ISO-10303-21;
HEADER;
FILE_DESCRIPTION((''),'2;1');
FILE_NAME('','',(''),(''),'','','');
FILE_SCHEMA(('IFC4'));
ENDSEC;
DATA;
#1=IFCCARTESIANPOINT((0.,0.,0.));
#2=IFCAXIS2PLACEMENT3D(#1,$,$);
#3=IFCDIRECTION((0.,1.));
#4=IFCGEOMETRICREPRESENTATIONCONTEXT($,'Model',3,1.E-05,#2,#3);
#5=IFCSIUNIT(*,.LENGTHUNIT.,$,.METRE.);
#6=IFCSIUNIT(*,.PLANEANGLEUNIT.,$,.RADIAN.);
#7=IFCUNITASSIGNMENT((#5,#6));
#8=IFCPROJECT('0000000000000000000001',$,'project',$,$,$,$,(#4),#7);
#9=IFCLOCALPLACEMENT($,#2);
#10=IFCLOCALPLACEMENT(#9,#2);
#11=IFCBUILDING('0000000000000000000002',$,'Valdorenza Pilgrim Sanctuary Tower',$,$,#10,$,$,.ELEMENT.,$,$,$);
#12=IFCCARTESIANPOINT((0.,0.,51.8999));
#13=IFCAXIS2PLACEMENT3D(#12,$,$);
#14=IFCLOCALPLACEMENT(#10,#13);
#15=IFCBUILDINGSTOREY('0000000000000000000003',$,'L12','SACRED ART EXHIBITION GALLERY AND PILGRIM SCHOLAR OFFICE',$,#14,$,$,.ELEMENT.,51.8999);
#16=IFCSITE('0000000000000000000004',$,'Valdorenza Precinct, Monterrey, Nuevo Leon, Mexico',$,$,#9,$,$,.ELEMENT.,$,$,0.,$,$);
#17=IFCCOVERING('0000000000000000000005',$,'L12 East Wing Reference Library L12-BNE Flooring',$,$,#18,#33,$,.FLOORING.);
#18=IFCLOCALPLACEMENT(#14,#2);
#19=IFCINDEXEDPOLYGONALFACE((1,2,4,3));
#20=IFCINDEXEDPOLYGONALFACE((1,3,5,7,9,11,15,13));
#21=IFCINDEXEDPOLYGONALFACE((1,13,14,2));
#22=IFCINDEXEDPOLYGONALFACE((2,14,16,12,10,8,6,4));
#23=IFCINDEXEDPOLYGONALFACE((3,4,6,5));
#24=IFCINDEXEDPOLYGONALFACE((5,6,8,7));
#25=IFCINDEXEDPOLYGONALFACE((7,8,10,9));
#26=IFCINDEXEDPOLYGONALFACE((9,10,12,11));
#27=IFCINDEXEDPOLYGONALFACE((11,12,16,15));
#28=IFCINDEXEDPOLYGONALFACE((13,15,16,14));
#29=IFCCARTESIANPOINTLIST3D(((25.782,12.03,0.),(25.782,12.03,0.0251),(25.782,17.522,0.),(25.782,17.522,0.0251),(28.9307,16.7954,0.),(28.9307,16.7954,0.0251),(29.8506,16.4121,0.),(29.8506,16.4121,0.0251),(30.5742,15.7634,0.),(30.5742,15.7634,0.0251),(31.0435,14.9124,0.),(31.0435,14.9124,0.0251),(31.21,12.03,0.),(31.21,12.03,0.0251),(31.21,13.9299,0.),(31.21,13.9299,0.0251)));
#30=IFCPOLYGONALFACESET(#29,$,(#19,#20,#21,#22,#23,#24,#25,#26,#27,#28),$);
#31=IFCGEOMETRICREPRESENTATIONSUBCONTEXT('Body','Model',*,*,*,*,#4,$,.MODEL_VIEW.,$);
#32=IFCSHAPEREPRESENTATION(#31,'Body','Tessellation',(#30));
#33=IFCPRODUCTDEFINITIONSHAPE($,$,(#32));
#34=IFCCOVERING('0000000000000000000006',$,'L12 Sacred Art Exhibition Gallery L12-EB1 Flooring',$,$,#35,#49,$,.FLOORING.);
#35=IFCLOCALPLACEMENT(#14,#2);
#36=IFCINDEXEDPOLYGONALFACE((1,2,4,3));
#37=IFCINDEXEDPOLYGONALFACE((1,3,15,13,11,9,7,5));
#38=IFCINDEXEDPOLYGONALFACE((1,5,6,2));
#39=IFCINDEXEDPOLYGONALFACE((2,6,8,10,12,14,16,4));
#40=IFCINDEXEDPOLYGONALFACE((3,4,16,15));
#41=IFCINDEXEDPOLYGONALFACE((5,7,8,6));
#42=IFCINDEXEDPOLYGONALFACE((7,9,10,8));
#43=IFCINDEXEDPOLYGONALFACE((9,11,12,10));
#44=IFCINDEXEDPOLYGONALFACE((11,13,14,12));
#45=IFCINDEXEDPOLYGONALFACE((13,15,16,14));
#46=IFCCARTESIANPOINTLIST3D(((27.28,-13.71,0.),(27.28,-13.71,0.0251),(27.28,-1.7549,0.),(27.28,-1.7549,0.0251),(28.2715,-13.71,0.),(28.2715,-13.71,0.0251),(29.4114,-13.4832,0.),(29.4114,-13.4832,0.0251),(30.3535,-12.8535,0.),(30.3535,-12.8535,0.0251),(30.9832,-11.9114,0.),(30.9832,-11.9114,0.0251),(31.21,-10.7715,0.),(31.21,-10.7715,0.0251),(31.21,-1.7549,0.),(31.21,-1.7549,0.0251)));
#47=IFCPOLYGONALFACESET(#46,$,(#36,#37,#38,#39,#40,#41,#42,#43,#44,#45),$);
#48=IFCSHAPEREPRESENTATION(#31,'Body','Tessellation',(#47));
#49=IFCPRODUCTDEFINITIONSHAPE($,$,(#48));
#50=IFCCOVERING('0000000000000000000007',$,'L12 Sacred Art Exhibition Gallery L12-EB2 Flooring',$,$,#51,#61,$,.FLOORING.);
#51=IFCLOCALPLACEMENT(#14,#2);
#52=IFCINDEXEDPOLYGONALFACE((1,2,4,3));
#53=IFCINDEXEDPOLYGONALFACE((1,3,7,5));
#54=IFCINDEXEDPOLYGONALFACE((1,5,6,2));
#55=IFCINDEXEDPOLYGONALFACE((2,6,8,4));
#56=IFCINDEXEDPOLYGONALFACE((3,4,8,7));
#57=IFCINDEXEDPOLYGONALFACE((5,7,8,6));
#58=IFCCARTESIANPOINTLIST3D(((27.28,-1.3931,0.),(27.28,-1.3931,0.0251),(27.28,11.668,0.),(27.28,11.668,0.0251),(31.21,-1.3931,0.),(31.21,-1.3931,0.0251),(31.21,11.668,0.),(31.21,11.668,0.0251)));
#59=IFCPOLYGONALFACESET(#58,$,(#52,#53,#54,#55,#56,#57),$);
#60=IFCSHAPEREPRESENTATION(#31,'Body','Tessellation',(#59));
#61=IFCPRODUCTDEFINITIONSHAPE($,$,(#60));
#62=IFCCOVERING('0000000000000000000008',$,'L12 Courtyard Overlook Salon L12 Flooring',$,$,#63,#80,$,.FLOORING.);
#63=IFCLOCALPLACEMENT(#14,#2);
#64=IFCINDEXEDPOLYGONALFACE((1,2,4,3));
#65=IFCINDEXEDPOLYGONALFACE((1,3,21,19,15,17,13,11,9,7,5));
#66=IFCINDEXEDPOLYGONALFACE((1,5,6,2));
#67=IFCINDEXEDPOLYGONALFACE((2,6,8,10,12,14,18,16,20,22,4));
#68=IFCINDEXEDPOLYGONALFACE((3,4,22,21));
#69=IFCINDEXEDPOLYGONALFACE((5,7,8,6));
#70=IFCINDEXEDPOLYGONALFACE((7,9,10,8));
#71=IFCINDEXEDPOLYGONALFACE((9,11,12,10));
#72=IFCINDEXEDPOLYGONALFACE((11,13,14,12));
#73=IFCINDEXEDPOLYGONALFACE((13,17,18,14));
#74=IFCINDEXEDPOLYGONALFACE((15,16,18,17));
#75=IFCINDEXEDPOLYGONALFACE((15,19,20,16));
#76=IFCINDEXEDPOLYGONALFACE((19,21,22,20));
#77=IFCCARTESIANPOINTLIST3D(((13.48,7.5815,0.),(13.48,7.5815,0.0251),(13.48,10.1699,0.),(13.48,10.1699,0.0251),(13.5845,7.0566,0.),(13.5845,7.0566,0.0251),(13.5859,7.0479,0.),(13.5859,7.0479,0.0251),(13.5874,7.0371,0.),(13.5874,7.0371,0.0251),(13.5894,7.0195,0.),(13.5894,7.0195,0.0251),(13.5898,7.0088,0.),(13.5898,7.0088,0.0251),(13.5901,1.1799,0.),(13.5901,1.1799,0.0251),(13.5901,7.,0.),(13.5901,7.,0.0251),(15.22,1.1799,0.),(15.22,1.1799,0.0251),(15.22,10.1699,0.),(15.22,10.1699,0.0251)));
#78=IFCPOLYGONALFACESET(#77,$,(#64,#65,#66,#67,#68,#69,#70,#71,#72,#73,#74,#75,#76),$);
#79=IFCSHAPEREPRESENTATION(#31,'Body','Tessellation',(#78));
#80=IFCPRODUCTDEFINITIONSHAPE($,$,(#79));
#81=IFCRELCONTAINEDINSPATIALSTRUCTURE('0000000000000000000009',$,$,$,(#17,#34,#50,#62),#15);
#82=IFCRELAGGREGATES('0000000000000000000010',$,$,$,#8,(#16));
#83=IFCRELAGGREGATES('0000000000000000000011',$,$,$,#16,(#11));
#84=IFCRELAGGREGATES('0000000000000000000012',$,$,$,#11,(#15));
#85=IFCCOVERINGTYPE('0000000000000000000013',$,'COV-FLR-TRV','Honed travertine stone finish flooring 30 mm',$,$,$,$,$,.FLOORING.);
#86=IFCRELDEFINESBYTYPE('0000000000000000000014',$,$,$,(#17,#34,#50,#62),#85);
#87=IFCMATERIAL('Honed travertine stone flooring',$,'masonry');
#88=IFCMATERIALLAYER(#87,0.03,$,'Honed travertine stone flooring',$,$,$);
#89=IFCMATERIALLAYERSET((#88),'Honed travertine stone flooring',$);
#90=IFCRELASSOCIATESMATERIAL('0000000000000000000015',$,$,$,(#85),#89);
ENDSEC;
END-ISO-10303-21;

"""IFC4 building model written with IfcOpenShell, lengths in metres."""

from ifc_helpers import new_model, si_unit, direction, frame, origin, place, context, subcontext, project, spatial, polyline, outline, extrude, material, layer, layer_set, type_object, element, save


model = new_model("IFC4")

# Units and contexts
model_context = context("Model", 3, precision=1e-05, world=origin(), true_north=direction((0.0, 1.0)))
body_context = subcontext(model_context, "Body", "Model", "MODEL_VIEW")
ifc_project = project(units=[si_unit("LENGTHUNIT", "METRE"), si_unit("PLANEANGLEUNIT", "RADIAN")], contexts=[model_context])

# Site, building, storey
site_placement = place(None, origin())
site = spatial("IfcSite", under=ifc_project, at=site_placement, Name="Valdorenza Precinct, Monterrey, Nuevo Leon, Mexico", CompositionType="ELEMENT", RefElevation=0.0)
building_placement = place(site_placement, origin())
building = spatial("IfcBuilding", under=site, at=building_placement, Name="Valdorenza Pilgrim Sanctuary Tower", CompositionType="ELEMENT")
storey_placement = place(building_placement, frame((0.0, 0.0, 51.8999)))
storey = spatial("IfcBuildingStorey", under=building, at=storey_placement, Name="L12", Description="SACRED ART EXHIBITION GALLERY AND PILGRIM SCHOLAR OFFICE", CompositionType="ELEMENT", Elevation=51.8999)

# Coverings
ifc_material_1 = material(Name="Honed travertine stone flooring", Category="masonry")
ifc_layer_1 = layer(ifc_material_1, 0.03, Name="Honed travertine stone flooring")
ifc_layer_set_1 = layer_set([ifc_layer_1], Name="Honed travertine stone flooring")
covering_type_1 = type_object("IfcCoveringType", Name="COV-FLR-TRV", Description="Honed travertine stone finish flooring 30 mm", PredefinedType="FLOORING", material=ifc_layer_set_1)
covering_1_placement = place(storey_placement, origin())
element("IfcCovering", 1, at=covering_1_placement, inside=storey, type_object=covering_type_1, Name="L12 East Wing Reference Library L12-BNE Flooring", PredefinedType="FLOORING", context=body_context, shape_type="SweptSolid", body=[
    extrude(outline(polyline([(28.9307, 16.7954), (29.8506, 16.4121), (30.5742, 15.7634), (31.0435, 14.9124), (31.21, 13.9299), (31.21, 12.03), (25.782, 12.03), (25.782, 17.522), (28.9307, 16.7954)])), origin(), (0.0, 0.0, 1.0), 0.0251),
])
covering_2_placement = place(storey_placement, origin())
element("IfcCovering", 2, at=covering_2_placement, inside=storey, type_object=covering_type_1, Name="L12 Sacred Art Exhibition Gallery L12-EB1 Flooring", PredefinedType="FLOORING", context=body_context, shape_type="SweptSolid", body=[
    extrude(outline(polyline([(31.21, -1.7549), (31.21, -10.7715), (30.9832, -11.9114), (30.3535, -12.8535), (29.4114, -13.4832), (28.2715, -13.71), (27.28, -13.71), (27.28, -1.7549), (31.21, -1.7549)])), origin(), (0.0, 0.0, 1.0), 0.0251),
])
covering_3_placement = place(storey_placement, origin())
element("IfcCovering", 3, at=covering_3_placement, inside=storey, type_object=covering_type_1, Name="L12 Sacred Art Exhibition Gallery L12-EB2 Flooring", PredefinedType="FLOORING", context=body_context, shape_type="SweptSolid", body=[
    extrude(outline(polyline([(27.28, 11.668), (31.21, 11.668), (31.21, -1.3931), (27.28, -1.3931), (27.28, 11.668)])), origin(), (0.0, 0.0, 1.0), 0.0251),
])
covering_4_placement = place(storey_placement, origin())
element("IfcCovering", 4, at=covering_4_placement, inside=storey, type_object=covering_type_1, Name="L12 Courtyard Overlook Salon L12 Flooring", PredefinedType="FLOORING", context=body_context, shape_type="SweptSolid", body=[
    extrude(outline(polyline([(15.22, 10.1699), (15.22, 1.1799), (13.5901, 1.1799), (13.5901, 7.0), (13.5898, 7.0088), (13.5894, 7.0195), (13.5874, 7.0371), (13.5859, 7.0479), (13.5845, 7.0566), (13.48, 7.5815), (13.48, 10.1699), (15.22, 10.1699)])), origin(), (0.0, 0.0, 1.0), 0.0251),
])

save(model, "model.ifc")
